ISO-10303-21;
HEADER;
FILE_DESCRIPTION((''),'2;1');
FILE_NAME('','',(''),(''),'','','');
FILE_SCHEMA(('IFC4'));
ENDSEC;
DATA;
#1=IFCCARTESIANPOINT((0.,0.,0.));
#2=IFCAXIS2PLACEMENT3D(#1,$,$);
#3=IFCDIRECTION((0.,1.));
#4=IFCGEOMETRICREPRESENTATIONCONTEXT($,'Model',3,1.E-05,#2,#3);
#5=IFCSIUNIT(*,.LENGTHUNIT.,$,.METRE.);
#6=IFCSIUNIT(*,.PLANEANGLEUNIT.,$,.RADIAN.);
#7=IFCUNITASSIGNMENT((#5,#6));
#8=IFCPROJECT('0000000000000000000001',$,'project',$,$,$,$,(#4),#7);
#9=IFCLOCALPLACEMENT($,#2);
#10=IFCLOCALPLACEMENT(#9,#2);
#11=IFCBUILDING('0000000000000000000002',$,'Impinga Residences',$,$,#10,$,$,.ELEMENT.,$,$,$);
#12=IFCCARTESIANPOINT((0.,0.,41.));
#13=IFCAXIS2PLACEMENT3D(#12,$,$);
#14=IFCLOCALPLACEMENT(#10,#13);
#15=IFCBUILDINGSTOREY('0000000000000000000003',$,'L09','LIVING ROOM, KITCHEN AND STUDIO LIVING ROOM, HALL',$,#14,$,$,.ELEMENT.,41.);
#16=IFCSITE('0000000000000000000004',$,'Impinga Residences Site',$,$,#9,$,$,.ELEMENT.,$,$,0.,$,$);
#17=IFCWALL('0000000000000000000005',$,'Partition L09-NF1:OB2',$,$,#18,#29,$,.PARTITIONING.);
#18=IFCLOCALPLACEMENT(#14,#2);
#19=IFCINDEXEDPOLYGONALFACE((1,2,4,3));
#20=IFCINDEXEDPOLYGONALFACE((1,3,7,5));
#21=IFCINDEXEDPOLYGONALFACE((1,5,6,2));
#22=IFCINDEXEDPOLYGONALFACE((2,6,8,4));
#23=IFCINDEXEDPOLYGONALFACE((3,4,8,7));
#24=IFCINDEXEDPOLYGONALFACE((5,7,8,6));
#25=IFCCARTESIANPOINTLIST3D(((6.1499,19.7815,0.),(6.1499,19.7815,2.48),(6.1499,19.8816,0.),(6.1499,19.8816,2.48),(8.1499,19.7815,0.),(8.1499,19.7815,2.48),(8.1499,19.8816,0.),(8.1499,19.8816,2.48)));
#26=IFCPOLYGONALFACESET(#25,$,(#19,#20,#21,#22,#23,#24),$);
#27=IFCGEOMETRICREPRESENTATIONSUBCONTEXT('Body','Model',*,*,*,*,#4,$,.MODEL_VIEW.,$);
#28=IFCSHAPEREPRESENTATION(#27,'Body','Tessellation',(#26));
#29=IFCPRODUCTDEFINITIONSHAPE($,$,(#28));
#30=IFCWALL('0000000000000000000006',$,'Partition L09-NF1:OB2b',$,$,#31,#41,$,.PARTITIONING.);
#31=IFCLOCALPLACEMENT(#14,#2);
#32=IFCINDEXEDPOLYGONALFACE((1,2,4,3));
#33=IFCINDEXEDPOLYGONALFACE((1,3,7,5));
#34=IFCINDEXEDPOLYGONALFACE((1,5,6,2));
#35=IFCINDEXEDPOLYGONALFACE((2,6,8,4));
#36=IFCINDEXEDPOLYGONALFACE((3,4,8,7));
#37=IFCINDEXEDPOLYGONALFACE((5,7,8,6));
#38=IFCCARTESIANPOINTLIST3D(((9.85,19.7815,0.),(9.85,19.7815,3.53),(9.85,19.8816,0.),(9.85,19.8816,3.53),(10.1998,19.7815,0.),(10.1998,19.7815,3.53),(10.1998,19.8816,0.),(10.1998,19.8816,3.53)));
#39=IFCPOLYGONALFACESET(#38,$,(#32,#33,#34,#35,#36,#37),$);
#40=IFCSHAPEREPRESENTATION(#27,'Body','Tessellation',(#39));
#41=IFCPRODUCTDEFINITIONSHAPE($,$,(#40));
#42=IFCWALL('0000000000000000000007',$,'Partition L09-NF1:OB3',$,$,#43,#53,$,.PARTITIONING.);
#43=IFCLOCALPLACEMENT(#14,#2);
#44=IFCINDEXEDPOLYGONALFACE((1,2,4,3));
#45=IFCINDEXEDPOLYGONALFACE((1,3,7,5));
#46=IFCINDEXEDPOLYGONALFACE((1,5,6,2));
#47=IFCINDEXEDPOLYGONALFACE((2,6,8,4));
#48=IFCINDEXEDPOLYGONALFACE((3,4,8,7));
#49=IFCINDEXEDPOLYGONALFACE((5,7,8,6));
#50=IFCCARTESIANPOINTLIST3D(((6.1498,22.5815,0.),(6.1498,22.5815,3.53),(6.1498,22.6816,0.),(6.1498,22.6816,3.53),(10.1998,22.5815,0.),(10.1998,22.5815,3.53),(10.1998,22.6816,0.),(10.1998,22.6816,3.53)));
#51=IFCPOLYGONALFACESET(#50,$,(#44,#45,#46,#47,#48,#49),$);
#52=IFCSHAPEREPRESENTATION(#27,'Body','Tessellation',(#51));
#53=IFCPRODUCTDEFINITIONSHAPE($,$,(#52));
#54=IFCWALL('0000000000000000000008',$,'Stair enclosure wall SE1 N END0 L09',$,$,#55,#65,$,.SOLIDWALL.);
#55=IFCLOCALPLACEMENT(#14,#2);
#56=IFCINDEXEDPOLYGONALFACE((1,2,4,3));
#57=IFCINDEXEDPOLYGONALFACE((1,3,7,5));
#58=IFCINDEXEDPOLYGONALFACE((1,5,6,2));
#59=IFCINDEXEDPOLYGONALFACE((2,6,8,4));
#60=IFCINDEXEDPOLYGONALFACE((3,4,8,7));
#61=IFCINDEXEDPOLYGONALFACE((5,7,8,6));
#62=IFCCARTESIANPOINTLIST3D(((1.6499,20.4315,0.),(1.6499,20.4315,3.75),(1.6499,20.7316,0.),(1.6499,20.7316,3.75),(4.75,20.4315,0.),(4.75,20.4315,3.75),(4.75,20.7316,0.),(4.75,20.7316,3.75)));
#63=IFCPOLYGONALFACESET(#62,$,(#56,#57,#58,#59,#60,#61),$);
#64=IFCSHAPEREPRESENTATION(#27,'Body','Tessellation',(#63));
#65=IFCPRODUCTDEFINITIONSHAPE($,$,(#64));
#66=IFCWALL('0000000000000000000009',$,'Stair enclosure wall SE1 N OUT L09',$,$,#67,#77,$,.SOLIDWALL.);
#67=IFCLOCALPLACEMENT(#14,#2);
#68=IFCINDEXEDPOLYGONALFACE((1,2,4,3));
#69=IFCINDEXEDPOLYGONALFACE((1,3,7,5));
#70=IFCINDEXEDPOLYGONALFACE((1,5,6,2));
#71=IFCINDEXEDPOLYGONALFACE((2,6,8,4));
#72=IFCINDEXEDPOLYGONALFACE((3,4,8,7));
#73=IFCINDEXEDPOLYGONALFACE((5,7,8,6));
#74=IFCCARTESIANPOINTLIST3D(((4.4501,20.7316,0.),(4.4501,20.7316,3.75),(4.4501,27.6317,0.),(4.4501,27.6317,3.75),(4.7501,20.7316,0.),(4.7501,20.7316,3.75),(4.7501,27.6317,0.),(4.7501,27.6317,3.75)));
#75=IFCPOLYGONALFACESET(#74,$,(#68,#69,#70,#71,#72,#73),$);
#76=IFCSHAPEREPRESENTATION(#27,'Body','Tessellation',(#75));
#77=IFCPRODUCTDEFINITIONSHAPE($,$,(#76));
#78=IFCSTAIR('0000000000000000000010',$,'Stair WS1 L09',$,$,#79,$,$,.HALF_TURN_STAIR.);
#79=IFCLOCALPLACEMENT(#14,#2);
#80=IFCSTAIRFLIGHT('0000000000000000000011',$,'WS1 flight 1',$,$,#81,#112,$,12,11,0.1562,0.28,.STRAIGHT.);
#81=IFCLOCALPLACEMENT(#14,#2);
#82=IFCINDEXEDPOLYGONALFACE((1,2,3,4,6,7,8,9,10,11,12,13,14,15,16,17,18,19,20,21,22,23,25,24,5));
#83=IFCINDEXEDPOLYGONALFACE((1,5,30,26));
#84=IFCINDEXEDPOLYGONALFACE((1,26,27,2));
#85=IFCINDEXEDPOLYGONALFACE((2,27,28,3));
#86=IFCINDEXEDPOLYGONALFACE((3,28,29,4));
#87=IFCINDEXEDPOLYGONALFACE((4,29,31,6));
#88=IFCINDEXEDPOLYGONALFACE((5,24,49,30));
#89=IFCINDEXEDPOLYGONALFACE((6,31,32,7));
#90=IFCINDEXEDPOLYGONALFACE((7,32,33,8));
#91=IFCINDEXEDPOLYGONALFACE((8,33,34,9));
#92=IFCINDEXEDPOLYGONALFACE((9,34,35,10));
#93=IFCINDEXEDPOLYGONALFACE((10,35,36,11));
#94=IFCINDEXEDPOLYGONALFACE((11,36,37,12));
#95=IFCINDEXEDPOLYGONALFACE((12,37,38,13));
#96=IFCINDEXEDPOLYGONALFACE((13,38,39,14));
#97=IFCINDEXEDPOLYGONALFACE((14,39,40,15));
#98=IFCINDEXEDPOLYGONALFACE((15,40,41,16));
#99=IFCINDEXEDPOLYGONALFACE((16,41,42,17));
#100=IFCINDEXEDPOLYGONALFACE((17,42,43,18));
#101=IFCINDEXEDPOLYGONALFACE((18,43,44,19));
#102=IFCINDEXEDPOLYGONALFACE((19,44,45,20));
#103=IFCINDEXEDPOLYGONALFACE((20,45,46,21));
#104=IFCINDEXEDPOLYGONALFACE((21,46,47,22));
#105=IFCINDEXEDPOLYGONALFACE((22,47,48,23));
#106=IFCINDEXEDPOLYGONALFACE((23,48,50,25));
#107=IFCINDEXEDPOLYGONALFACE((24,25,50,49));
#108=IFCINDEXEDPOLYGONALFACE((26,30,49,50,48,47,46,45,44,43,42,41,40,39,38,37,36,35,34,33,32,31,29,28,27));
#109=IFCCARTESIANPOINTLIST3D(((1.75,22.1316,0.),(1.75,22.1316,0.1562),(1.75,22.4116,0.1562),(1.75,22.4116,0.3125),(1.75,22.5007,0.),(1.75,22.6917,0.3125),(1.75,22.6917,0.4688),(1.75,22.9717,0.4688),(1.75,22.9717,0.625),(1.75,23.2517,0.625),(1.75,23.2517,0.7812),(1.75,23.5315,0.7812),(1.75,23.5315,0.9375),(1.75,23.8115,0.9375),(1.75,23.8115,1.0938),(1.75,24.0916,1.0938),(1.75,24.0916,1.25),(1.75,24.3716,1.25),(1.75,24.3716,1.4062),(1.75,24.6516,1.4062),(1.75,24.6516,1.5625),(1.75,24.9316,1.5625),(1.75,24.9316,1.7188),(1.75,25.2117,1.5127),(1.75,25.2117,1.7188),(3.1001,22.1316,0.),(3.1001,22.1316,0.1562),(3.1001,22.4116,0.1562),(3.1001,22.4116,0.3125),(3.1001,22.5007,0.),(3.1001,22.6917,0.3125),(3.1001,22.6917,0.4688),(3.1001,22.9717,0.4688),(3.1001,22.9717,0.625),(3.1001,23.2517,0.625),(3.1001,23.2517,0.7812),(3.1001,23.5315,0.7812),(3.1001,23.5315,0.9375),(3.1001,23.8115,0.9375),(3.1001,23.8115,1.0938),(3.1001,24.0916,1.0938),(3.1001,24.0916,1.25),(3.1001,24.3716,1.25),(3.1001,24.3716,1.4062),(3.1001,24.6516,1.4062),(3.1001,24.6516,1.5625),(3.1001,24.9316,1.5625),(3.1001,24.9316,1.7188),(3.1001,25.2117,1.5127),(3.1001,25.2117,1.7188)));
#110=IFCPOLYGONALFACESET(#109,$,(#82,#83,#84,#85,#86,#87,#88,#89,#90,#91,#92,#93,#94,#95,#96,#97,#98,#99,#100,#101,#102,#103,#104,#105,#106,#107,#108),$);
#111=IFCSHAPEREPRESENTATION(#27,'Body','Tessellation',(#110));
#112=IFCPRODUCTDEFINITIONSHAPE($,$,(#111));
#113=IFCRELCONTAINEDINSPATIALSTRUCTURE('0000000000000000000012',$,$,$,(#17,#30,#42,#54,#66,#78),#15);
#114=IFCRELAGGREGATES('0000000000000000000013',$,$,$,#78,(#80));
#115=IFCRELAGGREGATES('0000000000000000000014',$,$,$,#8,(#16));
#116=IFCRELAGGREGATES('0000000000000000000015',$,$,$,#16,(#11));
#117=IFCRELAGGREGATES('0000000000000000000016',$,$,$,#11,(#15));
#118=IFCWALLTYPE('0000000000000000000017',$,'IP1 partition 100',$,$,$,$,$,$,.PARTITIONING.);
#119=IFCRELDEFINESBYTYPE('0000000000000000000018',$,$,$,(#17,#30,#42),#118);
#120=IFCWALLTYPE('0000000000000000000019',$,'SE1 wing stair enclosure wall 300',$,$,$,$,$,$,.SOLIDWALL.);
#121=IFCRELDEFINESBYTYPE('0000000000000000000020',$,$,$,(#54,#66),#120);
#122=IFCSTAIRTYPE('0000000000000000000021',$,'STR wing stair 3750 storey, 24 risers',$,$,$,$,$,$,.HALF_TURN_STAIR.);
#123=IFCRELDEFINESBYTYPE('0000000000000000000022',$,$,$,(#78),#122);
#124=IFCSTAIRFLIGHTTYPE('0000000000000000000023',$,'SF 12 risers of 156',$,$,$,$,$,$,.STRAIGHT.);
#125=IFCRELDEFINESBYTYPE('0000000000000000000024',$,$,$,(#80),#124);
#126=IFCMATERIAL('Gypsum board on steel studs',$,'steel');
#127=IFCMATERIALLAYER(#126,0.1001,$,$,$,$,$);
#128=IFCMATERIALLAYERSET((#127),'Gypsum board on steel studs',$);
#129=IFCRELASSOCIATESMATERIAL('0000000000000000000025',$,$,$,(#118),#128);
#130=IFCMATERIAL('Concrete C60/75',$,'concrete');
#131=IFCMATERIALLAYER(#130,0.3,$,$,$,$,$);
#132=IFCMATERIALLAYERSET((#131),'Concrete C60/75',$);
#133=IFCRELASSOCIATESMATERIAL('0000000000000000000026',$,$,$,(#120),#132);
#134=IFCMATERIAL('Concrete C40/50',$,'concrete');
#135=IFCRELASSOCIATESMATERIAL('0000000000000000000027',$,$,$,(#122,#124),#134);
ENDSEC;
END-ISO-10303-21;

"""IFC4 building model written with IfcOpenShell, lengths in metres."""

from ifc_helpers import new_model, si_unit, direction, frame, frame_2d, origin, place, context, subcontext, project, spatial, polyline, rectangle, outline, extrude, material, layer, layer_set, type_object, element, aggregate, save


model = new_model("IFC4")

# Units and contexts
model_context = context("Model", 3, precision=1e-05, world=origin(), true_north=direction((0.0, 1.0)))
body_context = subcontext(model_context, "Body", "Model", "MODEL_VIEW")
ifc_project = project(units=[si_unit("LENGTHUNIT", "METRE"), si_unit("PLANEANGLEUNIT", "RADIAN")], contexts=[model_context])

# Site, building, storey
site_placement = place(None, origin())
site = spatial("IfcSite", under=ifc_project, at=site_placement, Name="Impinga Residences Site", CompositionType="ELEMENT", RefElevation=0.0)
building_placement = place(site_placement, origin())
building = spatial("IfcBuilding", under=site, at=building_placement, Name="Impinga Residences", CompositionType="ELEMENT")
storey_placement = place(building_placement, frame((0.0, 0.0, 41.0)))
storey = spatial("IfcBuildingStorey", under=building, at=storey_placement, Name="L09", Description="LIVING ROOM, KITCHEN AND STUDIO LIVING ROOM, HALL", CompositionType="ELEMENT", Elevation=41.0)

# Shared definitions
ifc_material_1 = material(Name="Concrete C60/75", Category="concrete")

# Shared definitions
ifc_material_2 = material(Name="Gypsum board on steel studs", Category="steel")
ifc_layer_1 = layer(ifc_material_2, 0.1001)
ifc_layer_set_1 = layer_set([ifc_layer_1], Name="Gypsum board on steel studs")
wall_type_1 = type_object("IfcWallType", Name="IP1 partition 100", PredefinedType="PARTITIONING", material=ifc_layer_set_1)

# Walls
wall_1_placement = place(storey_placement, frame((6.1499, 19.8315, 0.0), z_axis=(0.0, 0.0, 1.0), x_axis=(1.0, 0.0, 0.0)))
element("IfcWall", 1, at=wall_1_placement, inside=storey, type_object=wall_type_1, Name="Partition L09-NF1:OB2", PredefinedType="PARTITIONING", context=body_context, shape_type="SweptSolid", body=[
    extrude(rectangle(XDim=2.0, YDim=0.1001, at=frame_2d((1.0, 0.0))), origin(), (0.0, 0.0, 1.0), 2.48),
])
wall_2_placement = place(storey_placement, frame((9.8501, 19.8315, 0.0), z_axis=(0.0, 0.0, 1.0), x_axis=(1.0, 0.0, 0.0)))
element("IfcWall", 2, at=wall_2_placement, inside=storey, type_object=wall_type_1, Name="Partition L09-NF1:OB2b", PredefinedType="PARTITIONING", context=body_context, shape_type="SweptSolid", body=[
    extrude(rectangle(XDim=0.3499, YDim=0.1001, at=frame_2d((0.1748, 0.0))), origin(), (0.0, 0.0, 1.0), 3.53),
])
wall_3_placement = place(storey_placement, frame((6.1499, 22.6316, 0.0), z_axis=(0.0, 0.0, 1.0), x_axis=(1.0, 0.0, 0.0)))
element("IfcWall", 3, at=wall_3_placement, inside=storey, type_object=wall_type_1, Name="Partition L09-NF1:OB3", PredefinedType="PARTITIONING", context=body_context, shape_type="SweptSolid", body=[
    extrude(rectangle(XDim=4.05, YDim=0.1001, at=frame_2d((2.0249, 0.0))), origin(), (0.0, 0.0, 1.0), 3.53),
])
ifc_layer_2 = layer(ifc_material_1, 0.3)
ifc_layer_set_2 = layer_set([ifc_layer_2], Name="Concrete C60/75")
wall_type_2 = type_object("IfcWallType", Name="SE1 wing stair enclosure wall 300", PredefinedType="SOLIDWALL", material=ifc_layer_set_2)
wall_4_placement = place(storey_placement, frame((1.6499, 20.5815, 0.0), z_axis=(0.0, 0.0, 1.0), x_axis=(1.0, 0.0, 0.0)))
element("IfcWall", 4, at=wall_4_placement, inside=storey, type_object=wall_type_2, Name="Stair enclosure wall SE1 N END0 L09", PredefinedType="SOLIDWALL", context=body_context, shape_type="SweptSolid", body=[
    extrude(rectangle(XDim=3.1001, YDim=0.3, at=frame_2d((1.55, 0.0))), origin(), (0.0, 0.0, 1.0), 3.75),
])
wall_5_placement = place(storey_placement, frame((4.6001, 20.7314, 0.0), z_axis=(0.0, 0.0, 1.0), x_axis=(0.0, 1.0, 0.0)))
element("IfcWall", 5, at=wall_5_placement, inside=storey, type_object=wall_type_2, Name="Stair enclosure wall SE1 N OUT L09", PredefinedType="SOLIDWALL", context=body_context, shape_type="SweptSolid", body=[
    extrude(rectangle(XDim=6.9001, YDim=0.3, at=frame_2d((3.4502, 0.0))), origin(), (0.0, 0.0, 1.0), 3.75),
])

# Stair, stair flight
ifc_material_3 = material(Name="Concrete C40/50", Category="concrete")
stair_type = type_object("IfcStairType", Name="STR wing stair 3750 storey, 24 risers", PredefinedType="HALF_TURN_STAIR", material=ifc_material_3)
stair_placement = place(storey_placement, origin())
stair = element("IfcStair", 6, at=stair_placement, inside=storey, type_object=stair_type, Name="Stair WS1 L09", PredefinedType="HALF_TURN_STAIR")
stair_flight_type = type_object("IfcStairFlightType", Name="SF 12 risers of 156", PredefinedType="STRAIGHT", material=ifc_material_3)
stair_flight_placement = place(storey_placement, frame((2.425, 22.1316, 0.0), z_axis=(0.0, 0.0, 1.0), x_axis=(0.0, 1.0, 0.0)))
stair_flight = element("IfcStairFlight", 7, at=stair_flight_placement, type_object=stair_flight_type, Name="WS1 flight 1", NumberOfRisers=12, NumberOfTreads=11, PredefinedType="STRAIGHT", RiserHeight=0.1562, TreadLength=0.28, context=body_context, shape_type="SweptSolid", body=[
    extrude(outline(polyline([(0.0, 0.0), (0.0, 0.1562), (0.28, 0.1562), (0.28, 0.3125), (0.5601, 0.3125), (0.5601, 0.4688), (0.8401, 0.4688), (0.8401, 0.625), (1.1201, 0.625), (1.1201, 0.7812), (1.3999, 0.7812), (1.3999, 0.9375), (1.6799, 0.9375), (1.6799, 1.0938), (1.96, 1.0938), (1.96, 1.25), (2.24, 1.25), (2.24, 1.4062), (2.52, 1.4062), (2.52, 1.5625), (2.8, 1.5625), (2.8, 1.7188), (3.0801, 1.7188), (3.0801, 1.875), (3.0801, 1.5127), (0.3691, 0.0), (0.0, 0.0)])), frame((0.0, 0.675, 0.0), z_axis=(0.0, -1.0, 0.0), x_axis=(1.0, 0.0, 0.0)), (0.0, 0.0, 1.0), 1.3501),
])
aggregate(stair, [stair_flight])

save(model, "model.ifc")
